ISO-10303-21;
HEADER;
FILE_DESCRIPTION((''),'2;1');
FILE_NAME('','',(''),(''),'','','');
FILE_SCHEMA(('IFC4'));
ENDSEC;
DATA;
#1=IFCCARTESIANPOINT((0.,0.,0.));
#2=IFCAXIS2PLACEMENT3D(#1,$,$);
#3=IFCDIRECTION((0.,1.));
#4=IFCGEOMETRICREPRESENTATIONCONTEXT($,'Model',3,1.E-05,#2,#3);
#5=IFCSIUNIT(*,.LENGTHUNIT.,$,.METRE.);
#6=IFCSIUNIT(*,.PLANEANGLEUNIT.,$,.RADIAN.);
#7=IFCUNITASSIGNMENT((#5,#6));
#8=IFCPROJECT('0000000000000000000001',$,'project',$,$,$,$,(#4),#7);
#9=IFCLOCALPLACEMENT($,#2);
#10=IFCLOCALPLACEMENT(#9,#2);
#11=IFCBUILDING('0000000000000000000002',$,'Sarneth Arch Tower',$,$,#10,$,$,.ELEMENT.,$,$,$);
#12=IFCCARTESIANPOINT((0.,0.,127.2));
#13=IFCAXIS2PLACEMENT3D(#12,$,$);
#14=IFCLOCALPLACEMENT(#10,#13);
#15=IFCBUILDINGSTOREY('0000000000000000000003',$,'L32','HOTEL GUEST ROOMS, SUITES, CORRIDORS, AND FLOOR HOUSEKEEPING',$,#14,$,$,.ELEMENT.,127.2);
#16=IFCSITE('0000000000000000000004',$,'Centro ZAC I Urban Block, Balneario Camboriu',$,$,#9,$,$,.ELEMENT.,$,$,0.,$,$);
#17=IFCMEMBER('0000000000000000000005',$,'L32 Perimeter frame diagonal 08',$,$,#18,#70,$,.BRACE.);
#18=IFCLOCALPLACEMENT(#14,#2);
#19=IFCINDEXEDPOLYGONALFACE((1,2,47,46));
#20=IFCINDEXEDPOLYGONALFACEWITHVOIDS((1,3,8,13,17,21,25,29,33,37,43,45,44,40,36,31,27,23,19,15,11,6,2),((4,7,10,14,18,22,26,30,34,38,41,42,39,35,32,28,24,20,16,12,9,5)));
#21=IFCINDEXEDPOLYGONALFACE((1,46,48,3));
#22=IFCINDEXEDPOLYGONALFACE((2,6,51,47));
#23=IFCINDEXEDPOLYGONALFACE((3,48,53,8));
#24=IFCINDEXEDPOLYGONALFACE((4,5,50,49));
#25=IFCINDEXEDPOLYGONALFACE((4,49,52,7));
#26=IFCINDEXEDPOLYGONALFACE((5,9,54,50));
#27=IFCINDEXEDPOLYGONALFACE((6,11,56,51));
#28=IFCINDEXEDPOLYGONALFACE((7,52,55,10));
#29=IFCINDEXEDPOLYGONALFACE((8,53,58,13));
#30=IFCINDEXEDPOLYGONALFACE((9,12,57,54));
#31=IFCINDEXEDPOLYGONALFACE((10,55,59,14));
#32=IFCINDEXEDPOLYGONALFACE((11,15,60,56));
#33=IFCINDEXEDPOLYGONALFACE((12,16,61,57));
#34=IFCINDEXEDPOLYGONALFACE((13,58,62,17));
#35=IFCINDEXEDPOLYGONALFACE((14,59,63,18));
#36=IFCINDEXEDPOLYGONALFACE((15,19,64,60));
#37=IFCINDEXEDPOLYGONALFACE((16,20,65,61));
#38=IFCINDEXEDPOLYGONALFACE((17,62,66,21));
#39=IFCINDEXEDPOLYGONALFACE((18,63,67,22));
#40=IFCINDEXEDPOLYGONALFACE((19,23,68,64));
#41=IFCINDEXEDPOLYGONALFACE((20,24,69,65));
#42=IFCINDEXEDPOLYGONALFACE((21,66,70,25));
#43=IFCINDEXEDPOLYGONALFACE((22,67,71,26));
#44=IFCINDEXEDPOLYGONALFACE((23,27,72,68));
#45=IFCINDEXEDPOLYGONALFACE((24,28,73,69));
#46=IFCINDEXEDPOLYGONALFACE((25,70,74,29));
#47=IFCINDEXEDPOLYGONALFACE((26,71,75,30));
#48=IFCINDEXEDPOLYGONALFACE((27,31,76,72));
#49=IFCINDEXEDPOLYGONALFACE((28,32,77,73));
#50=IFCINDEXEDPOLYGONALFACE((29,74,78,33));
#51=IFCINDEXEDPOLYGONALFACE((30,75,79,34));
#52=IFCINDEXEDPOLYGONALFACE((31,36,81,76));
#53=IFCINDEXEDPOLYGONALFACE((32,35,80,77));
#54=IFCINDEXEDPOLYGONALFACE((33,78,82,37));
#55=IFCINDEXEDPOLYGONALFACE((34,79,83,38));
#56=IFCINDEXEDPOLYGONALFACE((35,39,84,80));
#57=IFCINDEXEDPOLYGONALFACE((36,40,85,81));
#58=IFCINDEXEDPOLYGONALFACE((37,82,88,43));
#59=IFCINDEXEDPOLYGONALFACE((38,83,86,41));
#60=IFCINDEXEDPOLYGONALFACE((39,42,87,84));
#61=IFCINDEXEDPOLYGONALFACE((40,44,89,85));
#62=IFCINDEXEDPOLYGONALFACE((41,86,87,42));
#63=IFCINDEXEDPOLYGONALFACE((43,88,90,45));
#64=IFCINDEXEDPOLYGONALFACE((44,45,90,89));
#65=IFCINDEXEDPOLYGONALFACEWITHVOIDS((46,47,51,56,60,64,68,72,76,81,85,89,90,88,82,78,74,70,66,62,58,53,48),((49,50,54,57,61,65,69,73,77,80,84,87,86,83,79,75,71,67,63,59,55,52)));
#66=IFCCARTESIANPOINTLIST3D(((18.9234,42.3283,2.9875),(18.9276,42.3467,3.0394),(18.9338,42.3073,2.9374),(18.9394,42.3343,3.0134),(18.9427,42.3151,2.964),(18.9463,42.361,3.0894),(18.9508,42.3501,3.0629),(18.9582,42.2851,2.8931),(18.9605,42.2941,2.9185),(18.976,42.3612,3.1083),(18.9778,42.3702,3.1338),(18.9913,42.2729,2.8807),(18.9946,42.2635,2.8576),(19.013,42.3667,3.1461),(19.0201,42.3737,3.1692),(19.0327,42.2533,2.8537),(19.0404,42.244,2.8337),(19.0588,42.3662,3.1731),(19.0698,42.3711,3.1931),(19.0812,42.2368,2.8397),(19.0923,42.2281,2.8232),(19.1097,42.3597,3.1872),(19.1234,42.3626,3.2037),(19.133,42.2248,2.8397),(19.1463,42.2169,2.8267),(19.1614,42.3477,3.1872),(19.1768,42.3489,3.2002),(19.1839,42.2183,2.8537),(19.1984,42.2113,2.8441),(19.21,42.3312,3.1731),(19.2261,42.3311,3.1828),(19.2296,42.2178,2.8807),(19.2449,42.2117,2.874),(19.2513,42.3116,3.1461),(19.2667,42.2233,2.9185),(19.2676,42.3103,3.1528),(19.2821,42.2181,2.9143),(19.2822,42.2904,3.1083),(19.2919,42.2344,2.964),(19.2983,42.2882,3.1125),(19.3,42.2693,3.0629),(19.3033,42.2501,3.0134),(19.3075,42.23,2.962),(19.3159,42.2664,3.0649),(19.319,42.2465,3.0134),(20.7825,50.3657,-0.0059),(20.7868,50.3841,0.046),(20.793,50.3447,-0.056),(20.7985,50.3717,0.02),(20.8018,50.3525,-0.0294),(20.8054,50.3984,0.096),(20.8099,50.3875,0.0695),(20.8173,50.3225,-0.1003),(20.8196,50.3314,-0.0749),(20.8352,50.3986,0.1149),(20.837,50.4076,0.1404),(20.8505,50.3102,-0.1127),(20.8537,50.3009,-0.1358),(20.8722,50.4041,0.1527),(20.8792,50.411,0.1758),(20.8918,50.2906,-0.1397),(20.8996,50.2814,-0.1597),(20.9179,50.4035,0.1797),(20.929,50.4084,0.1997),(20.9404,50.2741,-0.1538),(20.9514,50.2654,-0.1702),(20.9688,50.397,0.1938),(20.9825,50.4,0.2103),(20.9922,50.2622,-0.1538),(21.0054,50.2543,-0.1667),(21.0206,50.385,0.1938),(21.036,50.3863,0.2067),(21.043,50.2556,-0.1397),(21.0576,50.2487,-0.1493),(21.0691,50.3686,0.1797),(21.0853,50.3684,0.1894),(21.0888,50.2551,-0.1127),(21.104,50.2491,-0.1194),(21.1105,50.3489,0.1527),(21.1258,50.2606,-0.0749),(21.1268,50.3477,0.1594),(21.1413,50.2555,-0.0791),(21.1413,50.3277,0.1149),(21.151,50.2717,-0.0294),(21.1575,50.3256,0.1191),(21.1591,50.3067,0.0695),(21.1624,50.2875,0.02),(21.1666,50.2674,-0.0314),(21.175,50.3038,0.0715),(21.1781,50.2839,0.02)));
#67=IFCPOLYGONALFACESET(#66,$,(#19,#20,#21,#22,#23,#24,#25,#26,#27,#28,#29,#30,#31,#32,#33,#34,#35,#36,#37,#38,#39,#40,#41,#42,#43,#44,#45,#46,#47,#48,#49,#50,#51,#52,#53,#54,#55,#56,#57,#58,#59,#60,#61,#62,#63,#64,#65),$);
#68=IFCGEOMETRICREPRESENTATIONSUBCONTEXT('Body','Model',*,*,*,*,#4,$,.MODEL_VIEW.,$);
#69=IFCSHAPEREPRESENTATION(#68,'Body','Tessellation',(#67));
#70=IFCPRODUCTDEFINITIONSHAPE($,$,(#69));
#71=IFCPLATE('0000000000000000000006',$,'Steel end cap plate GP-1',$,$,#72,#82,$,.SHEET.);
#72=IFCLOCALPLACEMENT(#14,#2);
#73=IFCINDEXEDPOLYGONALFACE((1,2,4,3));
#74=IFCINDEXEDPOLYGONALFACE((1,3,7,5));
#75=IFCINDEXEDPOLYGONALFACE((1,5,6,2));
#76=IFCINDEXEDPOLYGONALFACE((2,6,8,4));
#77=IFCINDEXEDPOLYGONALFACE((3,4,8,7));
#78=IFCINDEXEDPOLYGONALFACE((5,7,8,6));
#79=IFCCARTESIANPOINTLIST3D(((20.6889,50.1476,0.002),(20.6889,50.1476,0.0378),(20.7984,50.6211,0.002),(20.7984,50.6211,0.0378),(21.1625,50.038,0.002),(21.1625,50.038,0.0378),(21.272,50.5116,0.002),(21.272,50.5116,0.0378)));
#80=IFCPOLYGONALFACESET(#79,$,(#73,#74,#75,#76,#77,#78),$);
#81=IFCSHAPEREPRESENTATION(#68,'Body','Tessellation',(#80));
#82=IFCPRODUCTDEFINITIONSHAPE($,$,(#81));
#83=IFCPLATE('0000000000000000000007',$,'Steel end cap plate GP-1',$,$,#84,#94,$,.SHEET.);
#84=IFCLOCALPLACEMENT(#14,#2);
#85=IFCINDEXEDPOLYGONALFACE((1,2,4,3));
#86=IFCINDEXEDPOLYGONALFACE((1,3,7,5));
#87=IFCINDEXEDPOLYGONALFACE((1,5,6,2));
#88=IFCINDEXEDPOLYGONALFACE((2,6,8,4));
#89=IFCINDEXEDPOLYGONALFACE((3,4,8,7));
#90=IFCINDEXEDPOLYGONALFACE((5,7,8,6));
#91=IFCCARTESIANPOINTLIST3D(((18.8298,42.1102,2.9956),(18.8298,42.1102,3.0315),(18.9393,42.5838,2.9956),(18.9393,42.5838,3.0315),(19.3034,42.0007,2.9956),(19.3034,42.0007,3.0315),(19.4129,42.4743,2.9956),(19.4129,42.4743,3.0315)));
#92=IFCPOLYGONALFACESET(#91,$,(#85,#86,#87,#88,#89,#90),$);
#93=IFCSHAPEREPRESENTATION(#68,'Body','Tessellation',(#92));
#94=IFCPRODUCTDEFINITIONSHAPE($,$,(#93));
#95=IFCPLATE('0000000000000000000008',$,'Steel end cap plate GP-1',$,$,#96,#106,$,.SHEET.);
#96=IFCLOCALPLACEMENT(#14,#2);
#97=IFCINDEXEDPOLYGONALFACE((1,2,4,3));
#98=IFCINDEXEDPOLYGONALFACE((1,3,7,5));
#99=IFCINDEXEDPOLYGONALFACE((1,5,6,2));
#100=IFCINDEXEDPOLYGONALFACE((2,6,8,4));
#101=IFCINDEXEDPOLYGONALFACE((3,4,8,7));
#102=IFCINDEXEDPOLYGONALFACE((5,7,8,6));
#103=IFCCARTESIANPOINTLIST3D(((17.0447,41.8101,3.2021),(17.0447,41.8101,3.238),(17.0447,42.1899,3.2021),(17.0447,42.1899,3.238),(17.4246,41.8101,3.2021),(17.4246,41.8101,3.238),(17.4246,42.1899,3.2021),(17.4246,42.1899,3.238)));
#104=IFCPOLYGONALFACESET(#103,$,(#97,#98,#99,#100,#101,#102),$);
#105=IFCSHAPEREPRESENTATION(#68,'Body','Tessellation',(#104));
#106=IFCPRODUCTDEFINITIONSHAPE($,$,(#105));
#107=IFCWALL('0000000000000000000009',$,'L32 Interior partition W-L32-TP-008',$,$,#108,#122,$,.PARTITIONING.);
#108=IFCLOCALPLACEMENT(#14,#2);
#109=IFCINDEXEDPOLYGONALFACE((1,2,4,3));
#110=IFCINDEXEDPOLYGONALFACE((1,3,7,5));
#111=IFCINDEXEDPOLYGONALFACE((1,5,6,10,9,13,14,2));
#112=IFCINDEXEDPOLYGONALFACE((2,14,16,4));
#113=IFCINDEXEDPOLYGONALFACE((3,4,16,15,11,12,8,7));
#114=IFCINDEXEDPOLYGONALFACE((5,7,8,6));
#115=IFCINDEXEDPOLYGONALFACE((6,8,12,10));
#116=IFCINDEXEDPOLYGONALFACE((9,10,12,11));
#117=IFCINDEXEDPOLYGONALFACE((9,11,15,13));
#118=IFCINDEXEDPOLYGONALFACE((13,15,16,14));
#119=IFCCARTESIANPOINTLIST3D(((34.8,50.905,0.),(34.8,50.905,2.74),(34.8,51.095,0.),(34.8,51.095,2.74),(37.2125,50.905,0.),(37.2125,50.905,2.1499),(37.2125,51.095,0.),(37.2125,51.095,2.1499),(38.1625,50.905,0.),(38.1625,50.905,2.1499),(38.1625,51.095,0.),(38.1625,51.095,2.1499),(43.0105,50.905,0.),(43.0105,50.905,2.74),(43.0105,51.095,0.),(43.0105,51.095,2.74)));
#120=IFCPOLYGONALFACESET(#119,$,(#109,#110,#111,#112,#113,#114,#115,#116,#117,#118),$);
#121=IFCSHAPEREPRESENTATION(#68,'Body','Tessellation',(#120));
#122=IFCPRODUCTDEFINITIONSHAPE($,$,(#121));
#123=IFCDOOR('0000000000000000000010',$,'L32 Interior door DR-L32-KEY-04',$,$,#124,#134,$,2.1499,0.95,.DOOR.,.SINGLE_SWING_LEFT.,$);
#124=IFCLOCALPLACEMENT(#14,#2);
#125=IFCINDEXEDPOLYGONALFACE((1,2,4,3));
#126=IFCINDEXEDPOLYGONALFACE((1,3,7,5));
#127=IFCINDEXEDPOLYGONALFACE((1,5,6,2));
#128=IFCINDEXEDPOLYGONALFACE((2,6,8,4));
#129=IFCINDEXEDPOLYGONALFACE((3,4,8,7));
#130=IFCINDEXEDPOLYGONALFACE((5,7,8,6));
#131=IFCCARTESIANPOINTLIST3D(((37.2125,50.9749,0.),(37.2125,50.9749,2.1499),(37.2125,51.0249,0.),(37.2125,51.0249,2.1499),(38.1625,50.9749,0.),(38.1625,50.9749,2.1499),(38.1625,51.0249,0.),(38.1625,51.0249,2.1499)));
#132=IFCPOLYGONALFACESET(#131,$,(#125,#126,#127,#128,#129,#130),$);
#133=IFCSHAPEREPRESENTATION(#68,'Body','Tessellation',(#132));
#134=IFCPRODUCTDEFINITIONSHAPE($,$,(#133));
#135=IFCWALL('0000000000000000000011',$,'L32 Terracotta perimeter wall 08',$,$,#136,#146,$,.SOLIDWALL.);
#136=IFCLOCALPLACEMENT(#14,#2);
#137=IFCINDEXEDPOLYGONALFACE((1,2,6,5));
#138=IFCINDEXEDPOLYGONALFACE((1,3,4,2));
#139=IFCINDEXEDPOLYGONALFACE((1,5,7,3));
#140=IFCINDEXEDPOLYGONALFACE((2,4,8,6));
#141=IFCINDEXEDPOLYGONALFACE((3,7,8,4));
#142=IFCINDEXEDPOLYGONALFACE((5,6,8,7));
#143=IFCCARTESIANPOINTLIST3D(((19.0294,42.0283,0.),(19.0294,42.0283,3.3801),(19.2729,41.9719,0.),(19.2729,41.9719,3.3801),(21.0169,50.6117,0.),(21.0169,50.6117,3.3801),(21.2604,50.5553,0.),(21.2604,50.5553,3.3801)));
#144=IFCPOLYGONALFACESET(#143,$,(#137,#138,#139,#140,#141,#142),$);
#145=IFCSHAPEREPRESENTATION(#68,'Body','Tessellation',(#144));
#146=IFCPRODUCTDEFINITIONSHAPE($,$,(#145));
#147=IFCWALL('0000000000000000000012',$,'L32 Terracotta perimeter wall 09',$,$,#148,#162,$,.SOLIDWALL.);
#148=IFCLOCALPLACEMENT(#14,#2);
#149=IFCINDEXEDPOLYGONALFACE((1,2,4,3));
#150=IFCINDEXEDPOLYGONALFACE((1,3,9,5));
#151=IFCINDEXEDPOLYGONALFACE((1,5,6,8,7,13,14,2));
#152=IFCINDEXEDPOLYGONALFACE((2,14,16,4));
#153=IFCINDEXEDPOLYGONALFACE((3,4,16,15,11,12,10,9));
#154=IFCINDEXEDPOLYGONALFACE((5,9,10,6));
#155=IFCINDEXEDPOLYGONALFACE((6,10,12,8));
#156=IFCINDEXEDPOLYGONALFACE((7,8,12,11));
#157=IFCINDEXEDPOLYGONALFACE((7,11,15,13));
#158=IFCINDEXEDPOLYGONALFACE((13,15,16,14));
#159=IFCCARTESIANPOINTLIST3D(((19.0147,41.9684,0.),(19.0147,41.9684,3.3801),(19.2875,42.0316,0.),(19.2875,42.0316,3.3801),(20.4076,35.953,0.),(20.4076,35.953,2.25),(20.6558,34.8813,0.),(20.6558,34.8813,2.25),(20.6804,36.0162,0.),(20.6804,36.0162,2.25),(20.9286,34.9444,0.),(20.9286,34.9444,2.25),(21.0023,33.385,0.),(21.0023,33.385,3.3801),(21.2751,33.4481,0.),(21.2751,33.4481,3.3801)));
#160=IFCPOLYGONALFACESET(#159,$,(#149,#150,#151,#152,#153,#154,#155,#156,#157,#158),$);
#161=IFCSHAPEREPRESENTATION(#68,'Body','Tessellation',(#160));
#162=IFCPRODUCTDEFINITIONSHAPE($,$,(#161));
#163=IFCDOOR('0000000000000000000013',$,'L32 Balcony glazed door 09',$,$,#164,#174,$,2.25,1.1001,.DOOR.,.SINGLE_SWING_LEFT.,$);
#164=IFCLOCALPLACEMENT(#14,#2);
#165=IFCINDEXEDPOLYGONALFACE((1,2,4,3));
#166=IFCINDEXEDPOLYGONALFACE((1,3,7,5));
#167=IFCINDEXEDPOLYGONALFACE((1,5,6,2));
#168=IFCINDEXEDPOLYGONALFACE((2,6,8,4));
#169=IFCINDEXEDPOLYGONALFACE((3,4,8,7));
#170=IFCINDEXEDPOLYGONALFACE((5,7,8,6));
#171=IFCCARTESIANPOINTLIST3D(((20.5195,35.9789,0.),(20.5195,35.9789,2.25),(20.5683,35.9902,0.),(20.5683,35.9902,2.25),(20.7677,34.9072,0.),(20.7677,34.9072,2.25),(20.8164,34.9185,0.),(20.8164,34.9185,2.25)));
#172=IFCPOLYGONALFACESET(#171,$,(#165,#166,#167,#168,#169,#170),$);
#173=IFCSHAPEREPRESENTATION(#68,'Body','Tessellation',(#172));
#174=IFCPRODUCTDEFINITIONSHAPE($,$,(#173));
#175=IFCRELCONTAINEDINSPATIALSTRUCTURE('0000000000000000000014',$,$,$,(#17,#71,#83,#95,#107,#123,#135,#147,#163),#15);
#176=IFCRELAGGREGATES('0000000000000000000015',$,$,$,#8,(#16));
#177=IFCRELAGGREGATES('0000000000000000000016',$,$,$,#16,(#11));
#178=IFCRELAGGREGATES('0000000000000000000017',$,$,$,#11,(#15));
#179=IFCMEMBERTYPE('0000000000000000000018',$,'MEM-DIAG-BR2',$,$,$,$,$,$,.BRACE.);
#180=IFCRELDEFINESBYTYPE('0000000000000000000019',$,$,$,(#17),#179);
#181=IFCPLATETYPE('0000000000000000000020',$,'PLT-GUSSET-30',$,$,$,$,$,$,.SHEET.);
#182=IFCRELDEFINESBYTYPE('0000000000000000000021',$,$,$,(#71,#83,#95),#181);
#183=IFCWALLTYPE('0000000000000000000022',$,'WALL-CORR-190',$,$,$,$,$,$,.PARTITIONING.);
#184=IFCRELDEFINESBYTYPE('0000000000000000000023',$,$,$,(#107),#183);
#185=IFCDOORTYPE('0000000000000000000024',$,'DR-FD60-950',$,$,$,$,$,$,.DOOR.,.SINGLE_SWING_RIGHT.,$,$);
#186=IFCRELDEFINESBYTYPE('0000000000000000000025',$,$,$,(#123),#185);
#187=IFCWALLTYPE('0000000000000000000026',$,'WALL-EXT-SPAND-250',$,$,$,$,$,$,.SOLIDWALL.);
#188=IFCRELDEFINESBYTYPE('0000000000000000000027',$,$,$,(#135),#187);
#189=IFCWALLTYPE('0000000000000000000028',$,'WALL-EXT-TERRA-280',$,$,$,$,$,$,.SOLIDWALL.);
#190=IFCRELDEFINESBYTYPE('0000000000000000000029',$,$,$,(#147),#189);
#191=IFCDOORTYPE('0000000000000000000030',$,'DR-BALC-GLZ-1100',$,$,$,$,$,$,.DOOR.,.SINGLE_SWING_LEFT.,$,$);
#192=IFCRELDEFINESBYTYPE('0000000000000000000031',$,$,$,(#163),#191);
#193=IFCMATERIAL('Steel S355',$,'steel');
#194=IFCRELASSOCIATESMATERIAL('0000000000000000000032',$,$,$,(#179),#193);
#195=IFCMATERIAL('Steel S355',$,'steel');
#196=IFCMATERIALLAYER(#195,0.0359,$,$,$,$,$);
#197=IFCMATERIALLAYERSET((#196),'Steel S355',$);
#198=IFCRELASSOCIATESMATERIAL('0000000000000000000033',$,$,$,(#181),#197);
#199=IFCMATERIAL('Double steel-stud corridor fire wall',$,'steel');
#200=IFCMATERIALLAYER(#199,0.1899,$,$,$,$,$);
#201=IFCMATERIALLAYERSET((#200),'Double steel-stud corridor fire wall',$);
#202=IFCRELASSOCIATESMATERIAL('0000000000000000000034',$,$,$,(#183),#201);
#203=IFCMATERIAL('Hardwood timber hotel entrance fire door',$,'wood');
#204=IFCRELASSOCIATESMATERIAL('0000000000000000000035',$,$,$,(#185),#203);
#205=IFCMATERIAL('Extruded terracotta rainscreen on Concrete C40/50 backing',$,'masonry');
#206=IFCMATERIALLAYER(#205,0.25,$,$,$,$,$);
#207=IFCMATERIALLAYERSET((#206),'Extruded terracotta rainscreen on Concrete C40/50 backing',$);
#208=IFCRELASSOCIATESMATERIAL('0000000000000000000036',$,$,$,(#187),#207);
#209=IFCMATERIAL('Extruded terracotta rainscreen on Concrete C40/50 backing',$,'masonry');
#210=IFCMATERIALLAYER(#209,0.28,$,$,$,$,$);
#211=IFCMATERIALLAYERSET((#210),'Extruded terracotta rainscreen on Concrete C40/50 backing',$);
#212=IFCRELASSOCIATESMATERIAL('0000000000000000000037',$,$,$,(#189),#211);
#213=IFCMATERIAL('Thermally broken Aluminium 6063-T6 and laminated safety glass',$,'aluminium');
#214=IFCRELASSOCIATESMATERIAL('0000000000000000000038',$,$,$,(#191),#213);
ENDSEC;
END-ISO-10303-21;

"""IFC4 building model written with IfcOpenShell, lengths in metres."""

from ifc_helpers import new_model, si_unit, direction, frame, frame_2d, origin, origin_2d, place, context, subcontext, project, spatial, rectangle, hollow_circle, extrude, material, layer, layer_set, material_profile, profile_set, type_object, element, fill, save


model = new_model("IFC4")

# Units and contexts
model_context = context("Model", 3, precision=1e-05, world=origin(), true_north=direction((0.0, 1.0)))
body_context = subcontext(model_context, "Body", "Model", "MODEL_VIEW")
ifc_project = project(units=[si_unit("LENGTHUNIT", "METRE"), si_unit("PLANEANGLEUNIT", "RADIAN")], contexts=[model_context])

# Site, building, storey
site_placement = place(None, origin())
site = spatial("IfcSite", under=ifc_project, at=site_placement, Name="Centro ZAC I Urban Block, Balneario Camboriu", CompositionType="ELEMENT", RefElevation=0.0)
building_placement = place(site_placement, origin())
building = spatial("IfcBuilding", under=site, at=building_placement, Name="Sarneth Arch Tower", CompositionType="ELEMENT")
storey_placement = place(building_placement, frame((0.0, 0.0, 127.2)))
storey = spatial("IfcBuildingStorey", under=building, at=storey_placement, Name="L32", Description="HOTEL GUEST ROOMS, SUITES, CORRIDORS, AND FLOOR HOUSEKEEPING", CompositionType="ELEMENT", Elevation=127.2)

# Member
ifc_material_1 = material(Name="Steel S355", Category="steel")
ifc_material_profile_1 = material_profile(ifc_material_1, hollow_circle(Radius=0.2029, WallThickness=0.0161, at=origin_2d()), Name="CHS406x16")
ifc_profile_set_1 = profile_set([ifc_material_profile_1], Name="Steel S355")
member_type_1 = type_object("IfcMemberType", Name="MEM-DIAG-BR2", PredefinedType="BRACE", material=ifc_profile_set_1)
member_1_placement = place(storey_placement, frame((20.9805, 50.3296, 0.02), z_axis=(-0.211846, -0.915847, 0.341095), x_axis=(0.974275, -0.225361, 0.0)))
element("IfcMember", 1, at=member_1_placement, inside=storey, type_object=member_type_1, Name="L32 Perimeter frame diagonal 08", PredefinedType="BRACE", context=body_context, shape_type="SweptSolid", body=[
    extrude(hollow_circle(Radius=0.2029, WallThickness=0.0161, at=origin_2d()), origin(), (0.0, 0.0, 1.0), 8.7759),
])

# Plates
ifc_material_2 = material(Name="Steel S355", Category="steel")
ifc_layer_1 = layer(ifc_material_2, 0.0359)
ifc_layer_set_1 = layer_set([ifc_layer_1], Name="Steel S355")
plate_type = type_object("IfcPlateType", Name="PLT-GUSSET-30", PredefinedType="SHEET", material=ifc_layer_set_1)
for number, where, z_axis, x_axis, name in (
    (2, (20.9805, 50.3296, 0.002), (0.0, 0.0, 1.0), (-0.225291, -0.974291, 0.0), "Steel end cap plate GP-1"),
    (3, (19.1213, 42.2922, 2.9956), (0.0, 0.0, 1.0), (-0.225291, -0.974291, 0.0), "Steel end cap plate GP-1"),
):
    element("IfcPlate", number, at=place(storey_placement, frame(where, z_axis=z_axis, x_axis=x_axis)), inside=storey, type_object=plate_type, Name=name, PredefinedType="SHEET", context=body_context, shape_type="SweptSolid", body=[
        extrude(rectangle(XDim=0.4861, YDim=0.4861, at=origin_2d()), origin(), (0.0, 0.0, 1.0), 0.0359),
    ])
plate_placement = place(storey_placement, frame((17.2346, 42.0, 3.2021), z_axis=(0.0, 0.0, 1.0), x_axis=(-1.0, 0.0, 0.0)))
element("IfcPlate", 4, at=plate_placement, inside=storey, type_object=plate_type, Name="Steel end cap plate GP-1", PredefinedType="SHEET", context=body_context, shape_type="SweptSolid", body=[
    extrude(rectangle(XDim=0.3799, YDim=0.3799, at=origin_2d()), origin(), (0.0, 0.0, 1.0), 0.0359),
])

# Wall, opening, door
ifc_material_3 = material(Name="Double steel-stud corridor fire wall", Category="steel")
ifc_layer_2 = layer(ifc_material_3, 0.1899)
ifc_layer_set_2 = layer_set([ifc_layer_2], Name="Double steel-stud corridor fire wall")
wall_type_1 = type_object("IfcWallType", Name="WALL-CORR-190", PredefinedType="PARTITIONING", material=ifc_layer_set_2)
wall_1_placement = place(storey_placement, frame((34.8, 51.0, 0.0), z_axis=(0.0, 0.0, 1.0), x_axis=(1.0, 0.0, 0.0)))
wall_1 = element("IfcWall", 5, at=wall_1_placement, inside=storey, type_object=wall_type_1, Name="L32 Interior partition W-L32-TP-008", PredefinedType="PARTITIONING", context=body_context, shape_type="SweptSolid", body=[
    extrude(rectangle(XDim=8.2104, YDim=0.1899, at=frame_2d((4.1052, 0.0))), origin(), (0.0, 0.0, 1.0), 2.74),
])
opening_1_placement = place(wall_1_placement, frame((2.4124, 0.0, 0.0)))
opening_1 = element("IfcOpeningElement", 6, at=opening_1_placement, cuts=wall_1, PredefinedType="OPENING", context=body_context, shape_type="SweptSolid", body=[
    extrude(rectangle(XDim=0.95, YDim=2.1499, at=frame_2d((0.4751, 1.075))), frame((0.0, 0.105, 0.0), z_axis=(0.0, -1.0, 0.0), x_axis=(1.0, 0.0, 0.0)), (0.0, 0.0, 1.0), 0.21),
])
ifc_material_4 = material(Name="Hardwood timber hotel entrance fire door", Category="wood")
door_type_1 = type_object("IfcDoorType", Name="DR-FD60-950", OperationType="SINGLE_SWING_RIGHT", PredefinedType="DOOR", material=ifc_material_4)
door_1_placement = place(opening_1_placement, origin())
door_1 = element("IfcDoor", 7, at=door_1_placement, inside=storey, type_object=door_type_1, Name="L32 Interior door DR-L32-KEY-04", OperationType="SINGLE_SWING_LEFT", OverallHeight=2.1499, OverallWidth=0.95, PredefinedType="DOOR", context=body_context, shape_type="SweptSolid", body=[
    extrude(rectangle(XDim=0.95, YDim=2.1499, at=frame_2d((0.4751, 1.075))), frame((0.0, 0.0249, 0.0), z_axis=(0.0, -1.0, 0.0), x_axis=(1.0, 0.0, 0.0)), (0.0, 0.0, 1.0), 0.05),
])
fill(opening_1, door_1)

# Wall
ifc_material_5 = material(Name="Extruded terracotta rainscreen on Concrete C40/50 backing", Category="masonry")
ifc_layer_3 = layer(ifc_material_5, 0.25)
ifc_layer_set_3 = layer_set([ifc_layer_3], Name="Extruded terracotta rainscreen on Concrete C40/50 backing")
wall_type_2 = type_object("IfcWallType", Name="WALL-EXT-SPAND-250", PredefinedType="SOLIDWALL", material=ifc_layer_set_3)
wall_2_placement = place(storey_placement, frame((21.1387, 50.5835, 0.0), z_axis=(0.0, 0.0, 1.0), x_axis=(-0.225586, -0.974223, 0.0)))
element("IfcWall", 8, at=wall_2_placement, inside=storey, type_object=wall_type_2, Name="L32 Terracotta perimeter wall 08", PredefinedType="SOLIDWALL", context=body_context, shape_type="SweptSolid", body=[
    extrude(rectangle(XDim=8.8105, YDim=0.25, at=frame_2d((4.4053, 0.0))), origin(), (0.0, 0.0, 1.0), 3.3801),
])

# Wall, opening, door
ifc_material_6 = material(Name="Extruded terracotta rainscreen on Concrete C40/50 backing", Category="masonry")
ifc_layer_4 = layer(ifc_material_6, 0.28)
ifc_layer_set_4 = layer_set([ifc_layer_4], Name="Extruded terracotta rainscreen on Concrete C40/50 backing")
wall_type_3 = type_object("IfcWallType", Name="WALL-EXT-TERRA-280", PredefinedType="SOLIDWALL", material=ifc_layer_set_4)
wall_3_placement = place(storey_placement, frame((19.1511, 42.0, 0.0), z_axis=(0.0, 0.0, 1.0), x_axis=(0.225586, -0.974223, 0.0)))
wall_3 = element("IfcWall", 9, at=wall_3_placement, inside=storey, type_object=wall_type_3, Name="L32 Terracotta perimeter wall 09", PredefinedType="SOLIDWALL", context=body_context, shape_type="SweptSolid", body=[
    extrude(rectangle(XDim=8.8105, YDim=0.28, at=frame_2d((4.4053, 0.0))), origin(), (0.0, 0.0, 1.0), 3.3801),
])
opening_2_placement = place(wall_3_placement, frame((6.1746, 0.0, 0.0)))
opening_2 = element("IfcOpeningElement", 10, at=opening_2_placement, cuts=wall_3, PredefinedType="OPENING", context=body_context, shape_type="SweptSolid", body=[
    extrude(rectangle(XDim=1.1001, YDim=2.25, at=frame_2d((0.55, 1.125))), frame((0.0, 0.1499, 0.0), z_axis=(0.0, -1.0, 0.0), x_axis=(1.0, 0.0, 0.0)), (0.0, 0.0, 1.0), 0.3),
])
ifc_material_7 = material(Name="Thermally broken Aluminium 6063-T6 and laminated safety glass", Category="aluminium")
door_type_2 = type_object("IfcDoorType", Name="DR-BALC-GLZ-1100", OperationType="SINGLE_SWING_LEFT", PredefinedType="DOOR", material=ifc_material_7)
door_2_placement = place(opening_2_placement, origin())
door_2 = element("IfcDoor", 11, at=door_2_placement, inside=storey, type_object=door_type_2, Name="L32 Balcony glazed door 09", OperationType="SINGLE_SWING_LEFT", OverallHeight=2.25, OverallWidth=1.1001, PredefinedType="DOOR", context=body_context, shape_type="SweptSolid", body=[
    extrude(rectangle(XDim=1.1001, YDim=2.25, at=frame_2d((0.55, 1.125))), frame((0.0, 0.0249, 0.0), z_axis=(0.0, -1.0, 0.0), x_axis=(1.0, 0.0, 0.0)), (0.0, 0.0, 1.0), 0.05),
])
fill(opening_2, door_2)

save(model, "model.ifc")
